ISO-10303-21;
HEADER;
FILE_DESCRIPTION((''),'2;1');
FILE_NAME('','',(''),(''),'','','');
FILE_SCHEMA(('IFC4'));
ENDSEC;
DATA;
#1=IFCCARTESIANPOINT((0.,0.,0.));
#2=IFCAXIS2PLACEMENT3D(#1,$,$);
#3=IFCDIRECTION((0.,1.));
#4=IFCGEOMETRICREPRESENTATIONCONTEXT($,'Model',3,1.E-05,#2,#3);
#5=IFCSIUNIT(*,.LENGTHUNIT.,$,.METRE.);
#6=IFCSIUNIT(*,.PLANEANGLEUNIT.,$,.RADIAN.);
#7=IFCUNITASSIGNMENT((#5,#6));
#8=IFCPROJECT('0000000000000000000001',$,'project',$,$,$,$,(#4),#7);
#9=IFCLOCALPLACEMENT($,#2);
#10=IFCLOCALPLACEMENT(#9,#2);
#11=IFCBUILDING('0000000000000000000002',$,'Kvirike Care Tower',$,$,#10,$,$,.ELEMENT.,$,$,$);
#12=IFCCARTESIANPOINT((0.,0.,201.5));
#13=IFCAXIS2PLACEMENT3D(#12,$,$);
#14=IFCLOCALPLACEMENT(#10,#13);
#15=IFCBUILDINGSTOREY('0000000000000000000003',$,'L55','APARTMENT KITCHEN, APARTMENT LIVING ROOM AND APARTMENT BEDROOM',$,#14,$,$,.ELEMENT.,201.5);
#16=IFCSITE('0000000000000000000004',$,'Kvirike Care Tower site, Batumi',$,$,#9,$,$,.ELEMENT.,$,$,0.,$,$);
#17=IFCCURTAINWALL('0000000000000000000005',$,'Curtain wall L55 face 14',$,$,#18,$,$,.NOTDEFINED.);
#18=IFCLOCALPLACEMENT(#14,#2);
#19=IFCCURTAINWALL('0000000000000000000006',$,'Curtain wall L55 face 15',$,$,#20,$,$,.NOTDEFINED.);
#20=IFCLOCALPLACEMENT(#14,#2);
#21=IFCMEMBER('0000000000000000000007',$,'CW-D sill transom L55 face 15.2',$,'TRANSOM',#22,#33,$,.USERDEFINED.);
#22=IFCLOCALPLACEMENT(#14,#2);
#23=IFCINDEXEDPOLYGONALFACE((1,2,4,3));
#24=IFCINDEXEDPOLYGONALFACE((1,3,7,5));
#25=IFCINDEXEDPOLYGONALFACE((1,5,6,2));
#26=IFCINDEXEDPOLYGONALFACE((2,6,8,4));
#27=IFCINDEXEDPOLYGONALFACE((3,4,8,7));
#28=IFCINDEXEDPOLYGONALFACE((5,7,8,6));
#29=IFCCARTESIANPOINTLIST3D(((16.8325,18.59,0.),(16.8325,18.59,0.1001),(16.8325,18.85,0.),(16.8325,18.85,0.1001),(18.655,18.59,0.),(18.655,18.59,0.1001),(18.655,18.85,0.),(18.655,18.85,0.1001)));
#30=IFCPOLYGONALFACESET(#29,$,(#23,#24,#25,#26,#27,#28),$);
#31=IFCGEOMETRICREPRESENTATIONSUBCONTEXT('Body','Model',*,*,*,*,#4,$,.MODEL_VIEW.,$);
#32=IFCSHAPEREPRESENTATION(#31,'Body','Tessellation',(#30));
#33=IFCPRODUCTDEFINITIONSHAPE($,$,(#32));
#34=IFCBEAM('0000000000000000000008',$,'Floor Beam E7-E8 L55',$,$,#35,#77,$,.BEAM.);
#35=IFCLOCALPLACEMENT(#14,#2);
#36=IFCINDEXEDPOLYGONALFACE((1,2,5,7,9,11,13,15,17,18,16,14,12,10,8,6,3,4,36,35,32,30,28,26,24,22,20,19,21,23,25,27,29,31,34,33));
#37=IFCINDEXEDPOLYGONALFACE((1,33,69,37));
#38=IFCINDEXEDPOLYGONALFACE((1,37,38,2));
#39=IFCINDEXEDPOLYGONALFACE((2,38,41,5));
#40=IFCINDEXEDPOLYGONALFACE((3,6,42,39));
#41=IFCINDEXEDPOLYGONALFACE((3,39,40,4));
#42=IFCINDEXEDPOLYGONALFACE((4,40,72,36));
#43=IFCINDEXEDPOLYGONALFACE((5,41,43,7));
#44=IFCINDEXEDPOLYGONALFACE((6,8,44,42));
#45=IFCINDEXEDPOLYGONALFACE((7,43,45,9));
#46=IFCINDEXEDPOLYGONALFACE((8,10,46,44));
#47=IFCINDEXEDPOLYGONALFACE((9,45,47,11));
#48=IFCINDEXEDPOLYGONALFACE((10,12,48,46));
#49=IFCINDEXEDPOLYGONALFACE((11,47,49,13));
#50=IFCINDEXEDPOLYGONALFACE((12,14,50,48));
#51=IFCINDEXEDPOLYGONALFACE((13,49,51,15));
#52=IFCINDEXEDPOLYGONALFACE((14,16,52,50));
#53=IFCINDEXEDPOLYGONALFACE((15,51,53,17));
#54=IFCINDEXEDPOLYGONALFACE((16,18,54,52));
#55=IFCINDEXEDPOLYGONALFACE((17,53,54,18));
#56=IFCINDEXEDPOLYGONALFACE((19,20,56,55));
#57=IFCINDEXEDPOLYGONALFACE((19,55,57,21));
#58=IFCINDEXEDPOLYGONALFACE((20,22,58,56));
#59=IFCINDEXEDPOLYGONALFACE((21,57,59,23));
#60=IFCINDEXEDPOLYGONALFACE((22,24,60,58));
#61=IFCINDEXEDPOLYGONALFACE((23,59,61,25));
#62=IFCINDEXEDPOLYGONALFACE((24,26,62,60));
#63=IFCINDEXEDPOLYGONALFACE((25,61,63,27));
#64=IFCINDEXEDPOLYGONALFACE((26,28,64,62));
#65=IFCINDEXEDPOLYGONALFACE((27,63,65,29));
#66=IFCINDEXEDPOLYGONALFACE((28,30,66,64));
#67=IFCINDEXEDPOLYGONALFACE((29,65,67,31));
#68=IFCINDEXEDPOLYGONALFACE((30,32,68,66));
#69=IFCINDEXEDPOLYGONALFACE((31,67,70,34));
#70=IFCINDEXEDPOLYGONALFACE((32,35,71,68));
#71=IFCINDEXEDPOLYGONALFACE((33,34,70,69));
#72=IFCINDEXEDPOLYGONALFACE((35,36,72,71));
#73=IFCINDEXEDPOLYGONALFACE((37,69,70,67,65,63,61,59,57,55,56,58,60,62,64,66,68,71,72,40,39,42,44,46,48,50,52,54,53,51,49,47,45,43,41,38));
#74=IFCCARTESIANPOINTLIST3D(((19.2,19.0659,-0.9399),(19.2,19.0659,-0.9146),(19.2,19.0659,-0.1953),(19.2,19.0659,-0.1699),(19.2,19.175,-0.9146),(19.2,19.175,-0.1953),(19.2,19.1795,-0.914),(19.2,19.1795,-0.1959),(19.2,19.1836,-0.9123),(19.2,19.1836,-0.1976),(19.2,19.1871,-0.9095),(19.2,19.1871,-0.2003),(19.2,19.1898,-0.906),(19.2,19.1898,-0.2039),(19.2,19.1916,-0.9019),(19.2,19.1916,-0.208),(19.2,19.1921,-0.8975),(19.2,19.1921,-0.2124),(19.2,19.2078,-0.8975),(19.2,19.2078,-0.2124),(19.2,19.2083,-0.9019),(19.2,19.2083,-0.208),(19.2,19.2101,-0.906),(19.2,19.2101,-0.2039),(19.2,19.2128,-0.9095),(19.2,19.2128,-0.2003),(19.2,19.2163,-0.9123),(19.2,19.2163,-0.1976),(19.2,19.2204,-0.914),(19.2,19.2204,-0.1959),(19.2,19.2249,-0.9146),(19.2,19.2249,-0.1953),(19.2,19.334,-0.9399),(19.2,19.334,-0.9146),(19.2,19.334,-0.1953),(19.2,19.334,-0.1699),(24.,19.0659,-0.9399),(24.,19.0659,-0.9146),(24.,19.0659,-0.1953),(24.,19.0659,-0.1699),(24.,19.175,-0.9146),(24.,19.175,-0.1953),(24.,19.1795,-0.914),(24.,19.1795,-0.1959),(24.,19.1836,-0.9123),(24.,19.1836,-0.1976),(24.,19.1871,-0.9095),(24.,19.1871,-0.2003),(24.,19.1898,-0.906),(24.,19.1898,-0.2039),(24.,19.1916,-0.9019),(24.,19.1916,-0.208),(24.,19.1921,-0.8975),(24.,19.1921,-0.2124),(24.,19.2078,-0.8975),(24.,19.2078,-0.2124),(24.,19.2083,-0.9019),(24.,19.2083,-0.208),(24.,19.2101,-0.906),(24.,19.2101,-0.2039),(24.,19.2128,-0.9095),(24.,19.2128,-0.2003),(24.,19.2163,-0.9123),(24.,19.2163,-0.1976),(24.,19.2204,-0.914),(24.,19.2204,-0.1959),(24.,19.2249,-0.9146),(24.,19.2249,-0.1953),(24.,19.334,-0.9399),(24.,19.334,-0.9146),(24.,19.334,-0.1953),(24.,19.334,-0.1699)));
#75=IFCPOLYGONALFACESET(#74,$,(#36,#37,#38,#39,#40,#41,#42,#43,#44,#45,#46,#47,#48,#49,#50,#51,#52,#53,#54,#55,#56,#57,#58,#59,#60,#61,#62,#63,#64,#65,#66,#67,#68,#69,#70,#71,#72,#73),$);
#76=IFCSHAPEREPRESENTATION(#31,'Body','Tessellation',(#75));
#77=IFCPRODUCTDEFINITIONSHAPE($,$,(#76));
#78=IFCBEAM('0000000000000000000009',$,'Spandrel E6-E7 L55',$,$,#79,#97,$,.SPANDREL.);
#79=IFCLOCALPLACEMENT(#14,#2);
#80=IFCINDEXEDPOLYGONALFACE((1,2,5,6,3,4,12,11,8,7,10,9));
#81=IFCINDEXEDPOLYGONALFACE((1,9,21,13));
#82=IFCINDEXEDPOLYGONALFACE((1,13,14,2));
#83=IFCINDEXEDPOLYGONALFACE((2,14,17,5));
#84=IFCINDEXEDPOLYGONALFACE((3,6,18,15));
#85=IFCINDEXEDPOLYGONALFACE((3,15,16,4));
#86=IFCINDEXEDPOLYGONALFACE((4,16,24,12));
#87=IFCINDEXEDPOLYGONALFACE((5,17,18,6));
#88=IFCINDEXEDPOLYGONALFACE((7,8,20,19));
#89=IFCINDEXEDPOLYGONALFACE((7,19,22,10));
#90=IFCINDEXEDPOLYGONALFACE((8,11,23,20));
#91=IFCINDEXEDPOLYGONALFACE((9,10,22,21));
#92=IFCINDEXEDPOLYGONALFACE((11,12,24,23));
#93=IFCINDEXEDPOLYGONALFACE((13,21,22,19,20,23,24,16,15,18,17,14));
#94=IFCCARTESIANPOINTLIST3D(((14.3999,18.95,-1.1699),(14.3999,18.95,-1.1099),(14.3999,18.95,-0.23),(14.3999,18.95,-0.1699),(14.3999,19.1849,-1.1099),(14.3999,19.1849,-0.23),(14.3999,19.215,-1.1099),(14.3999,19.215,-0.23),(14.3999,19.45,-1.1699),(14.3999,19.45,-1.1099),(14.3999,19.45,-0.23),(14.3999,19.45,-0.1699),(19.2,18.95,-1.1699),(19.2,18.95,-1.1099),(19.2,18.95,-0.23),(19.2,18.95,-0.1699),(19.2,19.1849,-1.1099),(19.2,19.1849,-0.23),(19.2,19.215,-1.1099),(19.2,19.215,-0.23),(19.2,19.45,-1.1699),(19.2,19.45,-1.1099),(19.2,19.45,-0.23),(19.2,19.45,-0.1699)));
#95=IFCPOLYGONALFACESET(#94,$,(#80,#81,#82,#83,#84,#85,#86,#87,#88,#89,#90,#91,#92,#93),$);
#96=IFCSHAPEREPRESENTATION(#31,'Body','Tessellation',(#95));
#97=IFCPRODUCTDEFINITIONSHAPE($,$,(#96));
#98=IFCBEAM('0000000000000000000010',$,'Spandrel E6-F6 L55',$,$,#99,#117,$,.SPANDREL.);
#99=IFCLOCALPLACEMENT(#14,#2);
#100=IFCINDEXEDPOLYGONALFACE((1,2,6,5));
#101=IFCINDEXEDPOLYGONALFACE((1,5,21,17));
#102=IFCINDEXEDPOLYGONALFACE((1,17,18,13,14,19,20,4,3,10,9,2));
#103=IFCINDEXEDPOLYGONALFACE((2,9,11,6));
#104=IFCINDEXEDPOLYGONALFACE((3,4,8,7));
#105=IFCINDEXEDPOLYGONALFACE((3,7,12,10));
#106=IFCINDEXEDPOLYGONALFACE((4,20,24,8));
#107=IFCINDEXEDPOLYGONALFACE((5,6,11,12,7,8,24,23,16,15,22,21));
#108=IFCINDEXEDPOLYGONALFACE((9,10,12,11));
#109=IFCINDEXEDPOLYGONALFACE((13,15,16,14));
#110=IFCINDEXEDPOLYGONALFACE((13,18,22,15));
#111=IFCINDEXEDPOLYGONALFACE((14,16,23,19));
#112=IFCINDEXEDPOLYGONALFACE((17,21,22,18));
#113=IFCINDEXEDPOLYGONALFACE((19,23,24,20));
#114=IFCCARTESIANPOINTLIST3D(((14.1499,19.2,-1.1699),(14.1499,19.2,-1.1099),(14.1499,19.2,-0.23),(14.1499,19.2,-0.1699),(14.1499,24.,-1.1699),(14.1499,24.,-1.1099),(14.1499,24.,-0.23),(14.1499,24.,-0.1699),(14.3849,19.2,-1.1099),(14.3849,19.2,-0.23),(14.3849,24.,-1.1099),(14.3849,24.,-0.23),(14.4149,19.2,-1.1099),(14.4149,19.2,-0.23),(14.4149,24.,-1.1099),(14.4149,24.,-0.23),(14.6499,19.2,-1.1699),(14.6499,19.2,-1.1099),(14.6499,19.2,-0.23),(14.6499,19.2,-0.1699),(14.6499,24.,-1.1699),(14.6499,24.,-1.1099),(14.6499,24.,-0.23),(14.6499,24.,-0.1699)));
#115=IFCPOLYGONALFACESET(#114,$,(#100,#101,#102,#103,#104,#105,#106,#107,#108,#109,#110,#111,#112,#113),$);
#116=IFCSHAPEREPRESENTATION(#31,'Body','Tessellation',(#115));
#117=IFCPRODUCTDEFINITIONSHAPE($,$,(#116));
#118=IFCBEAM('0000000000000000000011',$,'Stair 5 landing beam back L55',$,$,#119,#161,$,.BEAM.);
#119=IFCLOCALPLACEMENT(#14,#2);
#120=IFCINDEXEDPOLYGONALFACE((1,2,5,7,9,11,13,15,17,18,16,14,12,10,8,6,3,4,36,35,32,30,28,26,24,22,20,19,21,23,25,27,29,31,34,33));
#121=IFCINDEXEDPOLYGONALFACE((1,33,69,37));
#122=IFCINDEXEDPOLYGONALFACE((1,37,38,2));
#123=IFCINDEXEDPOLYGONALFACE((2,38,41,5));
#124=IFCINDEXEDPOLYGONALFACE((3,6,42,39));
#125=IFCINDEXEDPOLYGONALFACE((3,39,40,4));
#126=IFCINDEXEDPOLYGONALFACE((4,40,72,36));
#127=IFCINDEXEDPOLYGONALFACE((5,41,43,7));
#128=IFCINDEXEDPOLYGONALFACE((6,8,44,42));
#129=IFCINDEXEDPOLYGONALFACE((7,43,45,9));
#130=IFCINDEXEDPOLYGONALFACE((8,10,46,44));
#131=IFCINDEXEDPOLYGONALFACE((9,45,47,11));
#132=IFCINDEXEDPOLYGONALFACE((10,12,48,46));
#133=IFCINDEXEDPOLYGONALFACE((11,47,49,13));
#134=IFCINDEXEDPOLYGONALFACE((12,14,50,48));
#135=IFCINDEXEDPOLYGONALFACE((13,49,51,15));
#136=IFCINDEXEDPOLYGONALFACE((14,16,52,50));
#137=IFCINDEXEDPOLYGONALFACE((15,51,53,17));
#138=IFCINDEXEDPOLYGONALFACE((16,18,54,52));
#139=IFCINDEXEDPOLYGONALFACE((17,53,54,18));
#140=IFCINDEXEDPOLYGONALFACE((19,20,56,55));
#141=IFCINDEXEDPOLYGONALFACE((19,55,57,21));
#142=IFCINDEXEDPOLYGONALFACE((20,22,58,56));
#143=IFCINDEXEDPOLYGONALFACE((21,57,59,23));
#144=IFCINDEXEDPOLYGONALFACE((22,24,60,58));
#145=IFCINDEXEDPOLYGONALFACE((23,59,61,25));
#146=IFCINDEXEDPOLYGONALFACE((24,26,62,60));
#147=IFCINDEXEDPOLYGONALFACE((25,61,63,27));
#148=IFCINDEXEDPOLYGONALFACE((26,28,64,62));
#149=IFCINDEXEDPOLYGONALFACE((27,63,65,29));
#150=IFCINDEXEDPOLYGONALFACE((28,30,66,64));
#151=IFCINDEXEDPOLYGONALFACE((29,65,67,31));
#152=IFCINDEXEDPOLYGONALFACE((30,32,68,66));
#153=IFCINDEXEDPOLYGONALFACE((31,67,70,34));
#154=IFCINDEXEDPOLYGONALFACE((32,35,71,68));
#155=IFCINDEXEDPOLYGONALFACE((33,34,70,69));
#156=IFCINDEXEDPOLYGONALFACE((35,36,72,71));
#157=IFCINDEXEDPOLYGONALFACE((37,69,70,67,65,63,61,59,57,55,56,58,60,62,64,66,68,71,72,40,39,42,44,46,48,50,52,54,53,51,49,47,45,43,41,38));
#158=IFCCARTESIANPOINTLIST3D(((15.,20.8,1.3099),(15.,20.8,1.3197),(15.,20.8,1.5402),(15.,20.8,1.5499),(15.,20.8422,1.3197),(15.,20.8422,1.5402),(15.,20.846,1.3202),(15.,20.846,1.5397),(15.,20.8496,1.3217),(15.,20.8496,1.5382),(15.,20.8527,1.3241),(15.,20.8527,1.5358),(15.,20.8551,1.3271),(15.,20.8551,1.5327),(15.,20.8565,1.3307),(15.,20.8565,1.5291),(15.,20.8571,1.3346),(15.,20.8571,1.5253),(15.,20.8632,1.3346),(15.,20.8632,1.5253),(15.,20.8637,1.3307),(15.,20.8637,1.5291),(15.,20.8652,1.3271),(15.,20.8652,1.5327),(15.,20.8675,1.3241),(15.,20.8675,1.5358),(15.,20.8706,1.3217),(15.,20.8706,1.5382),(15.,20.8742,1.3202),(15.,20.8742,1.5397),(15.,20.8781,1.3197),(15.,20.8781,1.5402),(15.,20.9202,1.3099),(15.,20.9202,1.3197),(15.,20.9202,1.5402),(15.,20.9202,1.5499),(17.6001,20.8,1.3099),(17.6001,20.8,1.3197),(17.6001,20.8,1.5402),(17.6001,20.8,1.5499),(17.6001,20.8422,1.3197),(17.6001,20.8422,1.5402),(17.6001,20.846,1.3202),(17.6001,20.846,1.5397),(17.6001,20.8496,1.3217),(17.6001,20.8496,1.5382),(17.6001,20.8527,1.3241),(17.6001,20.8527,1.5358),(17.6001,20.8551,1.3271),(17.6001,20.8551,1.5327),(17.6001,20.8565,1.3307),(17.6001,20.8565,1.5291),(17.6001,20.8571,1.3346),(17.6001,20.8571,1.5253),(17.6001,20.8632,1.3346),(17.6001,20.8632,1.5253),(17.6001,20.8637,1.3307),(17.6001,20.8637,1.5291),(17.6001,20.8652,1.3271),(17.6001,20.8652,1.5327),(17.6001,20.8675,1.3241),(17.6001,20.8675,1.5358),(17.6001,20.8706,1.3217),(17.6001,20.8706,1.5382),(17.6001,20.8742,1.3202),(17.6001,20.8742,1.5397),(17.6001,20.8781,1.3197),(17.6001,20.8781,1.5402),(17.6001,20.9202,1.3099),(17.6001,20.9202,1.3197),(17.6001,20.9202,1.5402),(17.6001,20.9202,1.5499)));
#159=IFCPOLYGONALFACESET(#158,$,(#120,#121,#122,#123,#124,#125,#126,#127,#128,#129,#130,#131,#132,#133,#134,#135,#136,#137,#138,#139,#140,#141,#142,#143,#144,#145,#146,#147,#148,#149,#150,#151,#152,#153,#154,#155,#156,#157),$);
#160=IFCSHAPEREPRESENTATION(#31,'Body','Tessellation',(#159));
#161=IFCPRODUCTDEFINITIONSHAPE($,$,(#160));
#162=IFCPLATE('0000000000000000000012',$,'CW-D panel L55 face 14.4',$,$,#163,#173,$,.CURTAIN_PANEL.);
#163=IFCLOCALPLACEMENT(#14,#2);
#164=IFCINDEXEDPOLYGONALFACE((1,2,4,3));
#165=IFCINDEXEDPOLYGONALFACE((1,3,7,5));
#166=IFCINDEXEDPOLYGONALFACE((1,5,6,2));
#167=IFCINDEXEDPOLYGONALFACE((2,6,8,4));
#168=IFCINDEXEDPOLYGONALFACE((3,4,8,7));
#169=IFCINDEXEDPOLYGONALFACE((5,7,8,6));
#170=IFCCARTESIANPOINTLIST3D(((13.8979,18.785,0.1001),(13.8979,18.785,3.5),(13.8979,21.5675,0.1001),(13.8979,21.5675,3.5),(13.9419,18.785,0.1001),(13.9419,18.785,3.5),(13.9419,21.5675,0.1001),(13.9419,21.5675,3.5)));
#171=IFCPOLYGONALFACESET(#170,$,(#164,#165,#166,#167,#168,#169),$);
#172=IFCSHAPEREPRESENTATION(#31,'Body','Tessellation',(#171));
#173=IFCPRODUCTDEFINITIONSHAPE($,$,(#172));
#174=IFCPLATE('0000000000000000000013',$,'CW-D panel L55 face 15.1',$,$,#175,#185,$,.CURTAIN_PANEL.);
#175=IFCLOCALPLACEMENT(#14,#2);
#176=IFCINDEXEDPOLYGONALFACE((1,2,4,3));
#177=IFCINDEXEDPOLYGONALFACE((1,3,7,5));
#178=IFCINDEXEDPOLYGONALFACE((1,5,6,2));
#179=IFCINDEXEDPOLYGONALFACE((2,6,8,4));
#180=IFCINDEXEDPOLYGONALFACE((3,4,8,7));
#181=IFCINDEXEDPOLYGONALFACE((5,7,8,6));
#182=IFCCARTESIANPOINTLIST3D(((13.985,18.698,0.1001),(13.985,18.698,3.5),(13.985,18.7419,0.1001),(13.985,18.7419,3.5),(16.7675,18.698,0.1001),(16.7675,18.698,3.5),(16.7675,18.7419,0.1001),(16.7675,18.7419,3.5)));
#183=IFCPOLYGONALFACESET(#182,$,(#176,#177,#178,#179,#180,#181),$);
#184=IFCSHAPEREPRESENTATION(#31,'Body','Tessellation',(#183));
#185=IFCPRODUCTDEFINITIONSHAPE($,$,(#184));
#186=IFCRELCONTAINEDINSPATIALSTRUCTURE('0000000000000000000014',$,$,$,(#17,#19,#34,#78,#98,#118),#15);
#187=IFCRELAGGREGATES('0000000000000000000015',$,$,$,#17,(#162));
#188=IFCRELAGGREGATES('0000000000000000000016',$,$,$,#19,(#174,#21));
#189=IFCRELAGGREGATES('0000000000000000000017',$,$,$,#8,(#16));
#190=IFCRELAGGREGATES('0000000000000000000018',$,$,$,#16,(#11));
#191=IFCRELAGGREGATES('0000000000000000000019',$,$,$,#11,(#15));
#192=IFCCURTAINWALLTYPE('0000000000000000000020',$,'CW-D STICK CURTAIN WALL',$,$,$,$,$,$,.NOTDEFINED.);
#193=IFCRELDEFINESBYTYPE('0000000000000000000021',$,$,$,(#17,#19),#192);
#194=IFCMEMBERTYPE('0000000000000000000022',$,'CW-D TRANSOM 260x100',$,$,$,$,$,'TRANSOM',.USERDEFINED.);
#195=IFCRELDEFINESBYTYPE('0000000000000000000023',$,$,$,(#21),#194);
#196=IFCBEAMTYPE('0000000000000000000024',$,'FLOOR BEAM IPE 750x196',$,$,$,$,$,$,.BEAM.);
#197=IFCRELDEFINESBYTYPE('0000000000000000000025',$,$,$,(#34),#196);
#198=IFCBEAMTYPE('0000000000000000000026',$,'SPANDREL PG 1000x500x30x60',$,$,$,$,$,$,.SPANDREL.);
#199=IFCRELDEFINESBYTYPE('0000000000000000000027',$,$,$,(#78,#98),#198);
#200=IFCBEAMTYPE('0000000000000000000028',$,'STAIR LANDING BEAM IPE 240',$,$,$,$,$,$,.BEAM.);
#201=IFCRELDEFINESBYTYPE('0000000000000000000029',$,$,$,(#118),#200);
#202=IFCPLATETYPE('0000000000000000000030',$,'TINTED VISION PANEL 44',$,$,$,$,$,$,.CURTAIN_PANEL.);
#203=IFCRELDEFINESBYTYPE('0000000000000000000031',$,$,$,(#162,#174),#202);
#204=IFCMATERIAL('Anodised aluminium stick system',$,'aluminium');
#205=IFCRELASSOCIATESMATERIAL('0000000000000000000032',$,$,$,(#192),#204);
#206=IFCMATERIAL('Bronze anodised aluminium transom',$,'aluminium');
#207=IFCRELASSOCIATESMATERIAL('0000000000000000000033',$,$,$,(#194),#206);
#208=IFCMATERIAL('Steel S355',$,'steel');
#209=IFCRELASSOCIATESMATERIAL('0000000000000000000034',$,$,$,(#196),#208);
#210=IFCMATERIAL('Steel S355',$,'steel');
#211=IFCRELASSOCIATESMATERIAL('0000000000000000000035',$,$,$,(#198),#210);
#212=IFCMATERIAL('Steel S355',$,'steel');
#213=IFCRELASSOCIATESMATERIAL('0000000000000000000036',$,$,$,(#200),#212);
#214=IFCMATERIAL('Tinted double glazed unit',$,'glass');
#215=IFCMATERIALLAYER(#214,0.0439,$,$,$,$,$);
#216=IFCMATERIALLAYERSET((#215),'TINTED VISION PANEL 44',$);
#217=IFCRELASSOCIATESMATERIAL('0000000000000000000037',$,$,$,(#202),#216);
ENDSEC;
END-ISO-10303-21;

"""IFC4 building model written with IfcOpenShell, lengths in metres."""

from ifc_helpers import new_model, si_unit, direction, frame, origin, origin_2d, place, context, subcontext, project, spatial, rectangle, i_section, extrude, material, layer, layer_set, material_profile, profile_set, type_object, element, aggregate, save


model = new_model("IFC4")

# Units and contexts
model_context = context("Model", 3, precision=1e-05, world=origin(), true_north=direction((0.0, 1.0)))
body_context = subcontext(model_context, "Body", "Model", "MODEL_VIEW")
ifc_project = project(units=[si_unit("LENGTHUNIT", "METRE"), si_unit("PLANEANGLEUNIT", "RADIAN")], contexts=[model_context])

# Site, building, storey
site_placement = place(None, origin())
site = spatial("IfcSite", under=ifc_project, at=site_placement, Name="Kvirike Care Tower site, Batumi", CompositionType="ELEMENT", RefElevation=0.0)
building_placement = place(site_placement, origin())
building = spatial("IfcBuilding", under=site, at=building_placement, Name="Kvirike Care Tower", CompositionType="ELEMENT")
storey_placement = place(building_placement, frame((0.0, 0.0, 201.5)))
storey = spatial("IfcBuildingStorey", under=building, at=storey_placement, Name="L55", Description="APARTMENT KITCHEN, APARTMENT LIVING ROOM AND APARTMENT BEDROOM", CompositionType="ELEMENT", Elevation=201.5)

# Curtain walls
ifc_material_1 = material(Name="Anodised aluminium stick system", Category="aluminium")
curtain_wall_type = type_object("IfcCurtainWallType", Name="CW-D STICK CURTAIN WALL", PredefinedType="NOTDEFINED", material=ifc_material_1)
curtain_wall_1_placement = place(storey_placement, origin())
curtain_wall_1 = element("IfcCurtainWall", 1, at=curtain_wall_1_placement, inside=storey, type_object=curtain_wall_type, Name="Curtain wall L55 face 14", PredefinedType="NOTDEFINED")
curtain_wall_2_placement = place(storey_placement, origin())
curtain_wall_2 = element("IfcCurtainWall", 2, at=curtain_wall_2_placement, inside=storey, type_object=curtain_wall_type, Name="Curtain wall L55 face 15", PredefinedType="NOTDEFINED")

# Member
ifc_material_2 = material(Name="Bronze anodised aluminium transom", Category="aluminium")
ifc_material_profile_1 = material_profile(ifc_material_2, rectangle(XDim=0.26, YDim=0.1001, at=origin_2d()), Name="CW-D TRANSOM 260x100")
ifc_profile_set_1 = profile_set([ifc_material_profile_1], Name="Bronze anodised aluminium transom")
member_type_1 = type_object("IfcMemberType", Name="CW-D TRANSOM 260x100", ElementType="TRANSOM", PredefinedType="USERDEFINED", material=ifc_profile_set_1)
member_1_placement = place(storey_placement, frame((16.8325, 18.72, 0.05), z_axis=(1.0, 0.0, 0.0), x_axis=(0.0, 1.0, 0.0)))
member_1 = element("IfcMember", 3, at=member_1_placement, type_object=member_type_1, Name="CW-D sill transom L55 face 15.2", ObjectType="TRANSOM", PredefinedType="USERDEFINED", context=body_context, shape_type="SweptSolid", body=[
    extrude(rectangle(XDim=0.26, YDim=0.1001, at=origin_2d()), origin(), (0.0, 0.0, 1.0), 1.8225),
])

# Beams
ifc_material_3 = material(Name="Steel S355", Category="steel")
ifc_material_profile_2 = material_profile(ifc_material_3, i_section(OverallWidth=0.2681, OverallDepth=0.77, WebThickness=0.0156, FlangeThickness=0.0254, FilletRadius=0.0171, at=origin_2d()), Name="IPE 750x196")
ifc_profile_set_2 = profile_set([ifc_material_profile_2], Name="Steel S355")
beam_type_1 = type_object("IfcBeamType", Name="FLOOR BEAM IPE 750x196", PredefinedType="BEAM", material=ifc_profile_set_2)
beam_1_placement = place(storey_placement, frame((19.2, 19.2, -0.5549), z_axis=(1.0, 0.0, 0.0), x_axis=(0.0, 1.0, 0.0)))
element("IfcBeam", 4, at=beam_1_placement, inside=storey, type_object=beam_type_1, Name="Floor Beam E7-E8 L55", PredefinedType="BEAM", context=body_context, shape_type="SweptSolid", body=[
    extrude(i_section(OverallWidth=0.2681, OverallDepth=0.77, WebThickness=0.0156, FlangeThickness=0.0254, FilletRadius=0.0171, at=origin_2d()), origin(), (0.0, 0.0, 1.0), 4.8),
])
ifc_material_4 = material(Name="Steel S355", Category="steel")
ifc_material_profile_3 = material_profile(ifc_material_4, i_section(OverallWidth=0.5, OverallDepth=1.0, WebThickness=0.03, FlangeThickness=0.0601, at=origin_2d()), Name="PG 1000x500x30x60")
ifc_profile_set_3 = profile_set([ifc_material_profile_3], Name="Steel S355")
beam_type_2 = type_object("IfcBeamType", Name="SPANDREL PG 1000x500x30x60", PredefinedType="SPANDREL", material=ifc_profile_set_3)
for number, where, z_axis, x_axis, name in (
    (5, (14.3999, 19.2, -0.6699), (1.0, 0.0, 0.0), (0.0, 1.0, 0.0), "Spandrel E6-E7 L55"),
    (6, (14.3999, 19.2, -0.6699), (0.0, 1.0, 0.0), (-1.0, 0.0, 0.0), "Spandrel E6-F6 L55"),
):
    element("IfcBeam", number, at=place(storey_placement, frame(where, z_axis=z_axis, x_axis=x_axis)), inside=storey, type_object=beam_type_2, Name=name, PredefinedType="SPANDREL", context=body_context, shape_type="SweptSolid", body=[
        extrude(i_section(OverallWidth=0.5, OverallDepth=1.0, WebThickness=0.03, FlangeThickness=0.0601, at=origin_2d()), origin(), (0.0, 0.0, 1.0), 4.8),
    ])
ifc_material_5 = material(Name="Steel S355", Category="steel")
ifc_material_profile_4 = material_profile(ifc_material_5, i_section(OverallWidth=0.1201, OverallDepth=0.24, WebThickness=0.0061, FlangeThickness=0.0098, FilletRadius=0.0149, at=origin_2d()), Name="IPE 240")
ifc_profile_set_4 = profile_set([ifc_material_profile_4], Name="Steel S355")
beam_type_3 = type_object("IfcBeamType", Name="STAIR LANDING BEAM IPE 240", PredefinedType="BEAM", material=ifc_profile_set_4)
beam_2_placement = place(storey_placement, frame((15.0, 20.8601, 1.4299), z_axis=(1.0, 0.0, 0.0), x_axis=(0.0, 1.0, 0.0)))
element("IfcBeam", 7, at=beam_2_placement, inside=storey, type_object=beam_type_3, Name="Stair 5 landing beam back L55", PredefinedType="BEAM", context=body_context, shape_type="SweptSolid", body=[
    extrude(i_section(OverallWidth=0.1201, OverallDepth=0.24, WebThickness=0.0061, FlangeThickness=0.0098, FilletRadius=0.0149, at=origin_2d()), origin(), (0.0, 0.0, 1.0), 2.6001),
])

# Plates
ifc_material_6 = material(Name="Tinted double glazed unit", Category="glass")
ifc_layer_1 = layer(ifc_material_6, 0.0439)
ifc_layer_set_1 = layer_set([ifc_layer_1], Name="TINTED VISION PANEL 44")
plate_type = type_object("IfcPlateType", Name="TINTED VISION PANEL 44", PredefinedType="CURTAIN_PANEL", material=ifc_layer_set_1)
plate_1_placement = place(storey_placement, frame((13.9199, 20.1763, 0.1001), z_axis=(0.0, 0.0, 1.0), x_axis=(0.0, -1.0, 0.0)))
plate_1 = element("IfcPlate", 8, at=plate_1_placement, type_object=plate_type, Name="CW-D panel L55 face 14.4", PredefinedType="CURTAIN_PANEL", context=body_context, shape_type="SweptSolid", body=[
    extrude(rectangle(XDim=2.7825, YDim=0.0439, at=origin_2d()), origin(), (0.0, 0.0, 1.0), 3.3999),
])
aggregate(curtain_wall_1, [plate_1])
plate_2_placement = place(storey_placement, frame((15.3762, 18.72, 0.1001), z_axis=(0.0, 0.0, 1.0), x_axis=(1.0, 0.0, 0.0)))
plate_2 = element("IfcPlate", 9, at=plate_2_placement, type_object=plate_type, Name="CW-D panel L55 face 15.1", PredefinedType="CURTAIN_PANEL", context=body_context, shape_type="SweptSolid", body=[
    extrude(rectangle(XDim=2.7825, YDim=0.0439, at=origin_2d()), origin(), (0.0, 0.0, 1.0), 3.3999),
])
aggregate(curtain_wall_2, [plate_2, member_1])

save(model, "model.ifc")
